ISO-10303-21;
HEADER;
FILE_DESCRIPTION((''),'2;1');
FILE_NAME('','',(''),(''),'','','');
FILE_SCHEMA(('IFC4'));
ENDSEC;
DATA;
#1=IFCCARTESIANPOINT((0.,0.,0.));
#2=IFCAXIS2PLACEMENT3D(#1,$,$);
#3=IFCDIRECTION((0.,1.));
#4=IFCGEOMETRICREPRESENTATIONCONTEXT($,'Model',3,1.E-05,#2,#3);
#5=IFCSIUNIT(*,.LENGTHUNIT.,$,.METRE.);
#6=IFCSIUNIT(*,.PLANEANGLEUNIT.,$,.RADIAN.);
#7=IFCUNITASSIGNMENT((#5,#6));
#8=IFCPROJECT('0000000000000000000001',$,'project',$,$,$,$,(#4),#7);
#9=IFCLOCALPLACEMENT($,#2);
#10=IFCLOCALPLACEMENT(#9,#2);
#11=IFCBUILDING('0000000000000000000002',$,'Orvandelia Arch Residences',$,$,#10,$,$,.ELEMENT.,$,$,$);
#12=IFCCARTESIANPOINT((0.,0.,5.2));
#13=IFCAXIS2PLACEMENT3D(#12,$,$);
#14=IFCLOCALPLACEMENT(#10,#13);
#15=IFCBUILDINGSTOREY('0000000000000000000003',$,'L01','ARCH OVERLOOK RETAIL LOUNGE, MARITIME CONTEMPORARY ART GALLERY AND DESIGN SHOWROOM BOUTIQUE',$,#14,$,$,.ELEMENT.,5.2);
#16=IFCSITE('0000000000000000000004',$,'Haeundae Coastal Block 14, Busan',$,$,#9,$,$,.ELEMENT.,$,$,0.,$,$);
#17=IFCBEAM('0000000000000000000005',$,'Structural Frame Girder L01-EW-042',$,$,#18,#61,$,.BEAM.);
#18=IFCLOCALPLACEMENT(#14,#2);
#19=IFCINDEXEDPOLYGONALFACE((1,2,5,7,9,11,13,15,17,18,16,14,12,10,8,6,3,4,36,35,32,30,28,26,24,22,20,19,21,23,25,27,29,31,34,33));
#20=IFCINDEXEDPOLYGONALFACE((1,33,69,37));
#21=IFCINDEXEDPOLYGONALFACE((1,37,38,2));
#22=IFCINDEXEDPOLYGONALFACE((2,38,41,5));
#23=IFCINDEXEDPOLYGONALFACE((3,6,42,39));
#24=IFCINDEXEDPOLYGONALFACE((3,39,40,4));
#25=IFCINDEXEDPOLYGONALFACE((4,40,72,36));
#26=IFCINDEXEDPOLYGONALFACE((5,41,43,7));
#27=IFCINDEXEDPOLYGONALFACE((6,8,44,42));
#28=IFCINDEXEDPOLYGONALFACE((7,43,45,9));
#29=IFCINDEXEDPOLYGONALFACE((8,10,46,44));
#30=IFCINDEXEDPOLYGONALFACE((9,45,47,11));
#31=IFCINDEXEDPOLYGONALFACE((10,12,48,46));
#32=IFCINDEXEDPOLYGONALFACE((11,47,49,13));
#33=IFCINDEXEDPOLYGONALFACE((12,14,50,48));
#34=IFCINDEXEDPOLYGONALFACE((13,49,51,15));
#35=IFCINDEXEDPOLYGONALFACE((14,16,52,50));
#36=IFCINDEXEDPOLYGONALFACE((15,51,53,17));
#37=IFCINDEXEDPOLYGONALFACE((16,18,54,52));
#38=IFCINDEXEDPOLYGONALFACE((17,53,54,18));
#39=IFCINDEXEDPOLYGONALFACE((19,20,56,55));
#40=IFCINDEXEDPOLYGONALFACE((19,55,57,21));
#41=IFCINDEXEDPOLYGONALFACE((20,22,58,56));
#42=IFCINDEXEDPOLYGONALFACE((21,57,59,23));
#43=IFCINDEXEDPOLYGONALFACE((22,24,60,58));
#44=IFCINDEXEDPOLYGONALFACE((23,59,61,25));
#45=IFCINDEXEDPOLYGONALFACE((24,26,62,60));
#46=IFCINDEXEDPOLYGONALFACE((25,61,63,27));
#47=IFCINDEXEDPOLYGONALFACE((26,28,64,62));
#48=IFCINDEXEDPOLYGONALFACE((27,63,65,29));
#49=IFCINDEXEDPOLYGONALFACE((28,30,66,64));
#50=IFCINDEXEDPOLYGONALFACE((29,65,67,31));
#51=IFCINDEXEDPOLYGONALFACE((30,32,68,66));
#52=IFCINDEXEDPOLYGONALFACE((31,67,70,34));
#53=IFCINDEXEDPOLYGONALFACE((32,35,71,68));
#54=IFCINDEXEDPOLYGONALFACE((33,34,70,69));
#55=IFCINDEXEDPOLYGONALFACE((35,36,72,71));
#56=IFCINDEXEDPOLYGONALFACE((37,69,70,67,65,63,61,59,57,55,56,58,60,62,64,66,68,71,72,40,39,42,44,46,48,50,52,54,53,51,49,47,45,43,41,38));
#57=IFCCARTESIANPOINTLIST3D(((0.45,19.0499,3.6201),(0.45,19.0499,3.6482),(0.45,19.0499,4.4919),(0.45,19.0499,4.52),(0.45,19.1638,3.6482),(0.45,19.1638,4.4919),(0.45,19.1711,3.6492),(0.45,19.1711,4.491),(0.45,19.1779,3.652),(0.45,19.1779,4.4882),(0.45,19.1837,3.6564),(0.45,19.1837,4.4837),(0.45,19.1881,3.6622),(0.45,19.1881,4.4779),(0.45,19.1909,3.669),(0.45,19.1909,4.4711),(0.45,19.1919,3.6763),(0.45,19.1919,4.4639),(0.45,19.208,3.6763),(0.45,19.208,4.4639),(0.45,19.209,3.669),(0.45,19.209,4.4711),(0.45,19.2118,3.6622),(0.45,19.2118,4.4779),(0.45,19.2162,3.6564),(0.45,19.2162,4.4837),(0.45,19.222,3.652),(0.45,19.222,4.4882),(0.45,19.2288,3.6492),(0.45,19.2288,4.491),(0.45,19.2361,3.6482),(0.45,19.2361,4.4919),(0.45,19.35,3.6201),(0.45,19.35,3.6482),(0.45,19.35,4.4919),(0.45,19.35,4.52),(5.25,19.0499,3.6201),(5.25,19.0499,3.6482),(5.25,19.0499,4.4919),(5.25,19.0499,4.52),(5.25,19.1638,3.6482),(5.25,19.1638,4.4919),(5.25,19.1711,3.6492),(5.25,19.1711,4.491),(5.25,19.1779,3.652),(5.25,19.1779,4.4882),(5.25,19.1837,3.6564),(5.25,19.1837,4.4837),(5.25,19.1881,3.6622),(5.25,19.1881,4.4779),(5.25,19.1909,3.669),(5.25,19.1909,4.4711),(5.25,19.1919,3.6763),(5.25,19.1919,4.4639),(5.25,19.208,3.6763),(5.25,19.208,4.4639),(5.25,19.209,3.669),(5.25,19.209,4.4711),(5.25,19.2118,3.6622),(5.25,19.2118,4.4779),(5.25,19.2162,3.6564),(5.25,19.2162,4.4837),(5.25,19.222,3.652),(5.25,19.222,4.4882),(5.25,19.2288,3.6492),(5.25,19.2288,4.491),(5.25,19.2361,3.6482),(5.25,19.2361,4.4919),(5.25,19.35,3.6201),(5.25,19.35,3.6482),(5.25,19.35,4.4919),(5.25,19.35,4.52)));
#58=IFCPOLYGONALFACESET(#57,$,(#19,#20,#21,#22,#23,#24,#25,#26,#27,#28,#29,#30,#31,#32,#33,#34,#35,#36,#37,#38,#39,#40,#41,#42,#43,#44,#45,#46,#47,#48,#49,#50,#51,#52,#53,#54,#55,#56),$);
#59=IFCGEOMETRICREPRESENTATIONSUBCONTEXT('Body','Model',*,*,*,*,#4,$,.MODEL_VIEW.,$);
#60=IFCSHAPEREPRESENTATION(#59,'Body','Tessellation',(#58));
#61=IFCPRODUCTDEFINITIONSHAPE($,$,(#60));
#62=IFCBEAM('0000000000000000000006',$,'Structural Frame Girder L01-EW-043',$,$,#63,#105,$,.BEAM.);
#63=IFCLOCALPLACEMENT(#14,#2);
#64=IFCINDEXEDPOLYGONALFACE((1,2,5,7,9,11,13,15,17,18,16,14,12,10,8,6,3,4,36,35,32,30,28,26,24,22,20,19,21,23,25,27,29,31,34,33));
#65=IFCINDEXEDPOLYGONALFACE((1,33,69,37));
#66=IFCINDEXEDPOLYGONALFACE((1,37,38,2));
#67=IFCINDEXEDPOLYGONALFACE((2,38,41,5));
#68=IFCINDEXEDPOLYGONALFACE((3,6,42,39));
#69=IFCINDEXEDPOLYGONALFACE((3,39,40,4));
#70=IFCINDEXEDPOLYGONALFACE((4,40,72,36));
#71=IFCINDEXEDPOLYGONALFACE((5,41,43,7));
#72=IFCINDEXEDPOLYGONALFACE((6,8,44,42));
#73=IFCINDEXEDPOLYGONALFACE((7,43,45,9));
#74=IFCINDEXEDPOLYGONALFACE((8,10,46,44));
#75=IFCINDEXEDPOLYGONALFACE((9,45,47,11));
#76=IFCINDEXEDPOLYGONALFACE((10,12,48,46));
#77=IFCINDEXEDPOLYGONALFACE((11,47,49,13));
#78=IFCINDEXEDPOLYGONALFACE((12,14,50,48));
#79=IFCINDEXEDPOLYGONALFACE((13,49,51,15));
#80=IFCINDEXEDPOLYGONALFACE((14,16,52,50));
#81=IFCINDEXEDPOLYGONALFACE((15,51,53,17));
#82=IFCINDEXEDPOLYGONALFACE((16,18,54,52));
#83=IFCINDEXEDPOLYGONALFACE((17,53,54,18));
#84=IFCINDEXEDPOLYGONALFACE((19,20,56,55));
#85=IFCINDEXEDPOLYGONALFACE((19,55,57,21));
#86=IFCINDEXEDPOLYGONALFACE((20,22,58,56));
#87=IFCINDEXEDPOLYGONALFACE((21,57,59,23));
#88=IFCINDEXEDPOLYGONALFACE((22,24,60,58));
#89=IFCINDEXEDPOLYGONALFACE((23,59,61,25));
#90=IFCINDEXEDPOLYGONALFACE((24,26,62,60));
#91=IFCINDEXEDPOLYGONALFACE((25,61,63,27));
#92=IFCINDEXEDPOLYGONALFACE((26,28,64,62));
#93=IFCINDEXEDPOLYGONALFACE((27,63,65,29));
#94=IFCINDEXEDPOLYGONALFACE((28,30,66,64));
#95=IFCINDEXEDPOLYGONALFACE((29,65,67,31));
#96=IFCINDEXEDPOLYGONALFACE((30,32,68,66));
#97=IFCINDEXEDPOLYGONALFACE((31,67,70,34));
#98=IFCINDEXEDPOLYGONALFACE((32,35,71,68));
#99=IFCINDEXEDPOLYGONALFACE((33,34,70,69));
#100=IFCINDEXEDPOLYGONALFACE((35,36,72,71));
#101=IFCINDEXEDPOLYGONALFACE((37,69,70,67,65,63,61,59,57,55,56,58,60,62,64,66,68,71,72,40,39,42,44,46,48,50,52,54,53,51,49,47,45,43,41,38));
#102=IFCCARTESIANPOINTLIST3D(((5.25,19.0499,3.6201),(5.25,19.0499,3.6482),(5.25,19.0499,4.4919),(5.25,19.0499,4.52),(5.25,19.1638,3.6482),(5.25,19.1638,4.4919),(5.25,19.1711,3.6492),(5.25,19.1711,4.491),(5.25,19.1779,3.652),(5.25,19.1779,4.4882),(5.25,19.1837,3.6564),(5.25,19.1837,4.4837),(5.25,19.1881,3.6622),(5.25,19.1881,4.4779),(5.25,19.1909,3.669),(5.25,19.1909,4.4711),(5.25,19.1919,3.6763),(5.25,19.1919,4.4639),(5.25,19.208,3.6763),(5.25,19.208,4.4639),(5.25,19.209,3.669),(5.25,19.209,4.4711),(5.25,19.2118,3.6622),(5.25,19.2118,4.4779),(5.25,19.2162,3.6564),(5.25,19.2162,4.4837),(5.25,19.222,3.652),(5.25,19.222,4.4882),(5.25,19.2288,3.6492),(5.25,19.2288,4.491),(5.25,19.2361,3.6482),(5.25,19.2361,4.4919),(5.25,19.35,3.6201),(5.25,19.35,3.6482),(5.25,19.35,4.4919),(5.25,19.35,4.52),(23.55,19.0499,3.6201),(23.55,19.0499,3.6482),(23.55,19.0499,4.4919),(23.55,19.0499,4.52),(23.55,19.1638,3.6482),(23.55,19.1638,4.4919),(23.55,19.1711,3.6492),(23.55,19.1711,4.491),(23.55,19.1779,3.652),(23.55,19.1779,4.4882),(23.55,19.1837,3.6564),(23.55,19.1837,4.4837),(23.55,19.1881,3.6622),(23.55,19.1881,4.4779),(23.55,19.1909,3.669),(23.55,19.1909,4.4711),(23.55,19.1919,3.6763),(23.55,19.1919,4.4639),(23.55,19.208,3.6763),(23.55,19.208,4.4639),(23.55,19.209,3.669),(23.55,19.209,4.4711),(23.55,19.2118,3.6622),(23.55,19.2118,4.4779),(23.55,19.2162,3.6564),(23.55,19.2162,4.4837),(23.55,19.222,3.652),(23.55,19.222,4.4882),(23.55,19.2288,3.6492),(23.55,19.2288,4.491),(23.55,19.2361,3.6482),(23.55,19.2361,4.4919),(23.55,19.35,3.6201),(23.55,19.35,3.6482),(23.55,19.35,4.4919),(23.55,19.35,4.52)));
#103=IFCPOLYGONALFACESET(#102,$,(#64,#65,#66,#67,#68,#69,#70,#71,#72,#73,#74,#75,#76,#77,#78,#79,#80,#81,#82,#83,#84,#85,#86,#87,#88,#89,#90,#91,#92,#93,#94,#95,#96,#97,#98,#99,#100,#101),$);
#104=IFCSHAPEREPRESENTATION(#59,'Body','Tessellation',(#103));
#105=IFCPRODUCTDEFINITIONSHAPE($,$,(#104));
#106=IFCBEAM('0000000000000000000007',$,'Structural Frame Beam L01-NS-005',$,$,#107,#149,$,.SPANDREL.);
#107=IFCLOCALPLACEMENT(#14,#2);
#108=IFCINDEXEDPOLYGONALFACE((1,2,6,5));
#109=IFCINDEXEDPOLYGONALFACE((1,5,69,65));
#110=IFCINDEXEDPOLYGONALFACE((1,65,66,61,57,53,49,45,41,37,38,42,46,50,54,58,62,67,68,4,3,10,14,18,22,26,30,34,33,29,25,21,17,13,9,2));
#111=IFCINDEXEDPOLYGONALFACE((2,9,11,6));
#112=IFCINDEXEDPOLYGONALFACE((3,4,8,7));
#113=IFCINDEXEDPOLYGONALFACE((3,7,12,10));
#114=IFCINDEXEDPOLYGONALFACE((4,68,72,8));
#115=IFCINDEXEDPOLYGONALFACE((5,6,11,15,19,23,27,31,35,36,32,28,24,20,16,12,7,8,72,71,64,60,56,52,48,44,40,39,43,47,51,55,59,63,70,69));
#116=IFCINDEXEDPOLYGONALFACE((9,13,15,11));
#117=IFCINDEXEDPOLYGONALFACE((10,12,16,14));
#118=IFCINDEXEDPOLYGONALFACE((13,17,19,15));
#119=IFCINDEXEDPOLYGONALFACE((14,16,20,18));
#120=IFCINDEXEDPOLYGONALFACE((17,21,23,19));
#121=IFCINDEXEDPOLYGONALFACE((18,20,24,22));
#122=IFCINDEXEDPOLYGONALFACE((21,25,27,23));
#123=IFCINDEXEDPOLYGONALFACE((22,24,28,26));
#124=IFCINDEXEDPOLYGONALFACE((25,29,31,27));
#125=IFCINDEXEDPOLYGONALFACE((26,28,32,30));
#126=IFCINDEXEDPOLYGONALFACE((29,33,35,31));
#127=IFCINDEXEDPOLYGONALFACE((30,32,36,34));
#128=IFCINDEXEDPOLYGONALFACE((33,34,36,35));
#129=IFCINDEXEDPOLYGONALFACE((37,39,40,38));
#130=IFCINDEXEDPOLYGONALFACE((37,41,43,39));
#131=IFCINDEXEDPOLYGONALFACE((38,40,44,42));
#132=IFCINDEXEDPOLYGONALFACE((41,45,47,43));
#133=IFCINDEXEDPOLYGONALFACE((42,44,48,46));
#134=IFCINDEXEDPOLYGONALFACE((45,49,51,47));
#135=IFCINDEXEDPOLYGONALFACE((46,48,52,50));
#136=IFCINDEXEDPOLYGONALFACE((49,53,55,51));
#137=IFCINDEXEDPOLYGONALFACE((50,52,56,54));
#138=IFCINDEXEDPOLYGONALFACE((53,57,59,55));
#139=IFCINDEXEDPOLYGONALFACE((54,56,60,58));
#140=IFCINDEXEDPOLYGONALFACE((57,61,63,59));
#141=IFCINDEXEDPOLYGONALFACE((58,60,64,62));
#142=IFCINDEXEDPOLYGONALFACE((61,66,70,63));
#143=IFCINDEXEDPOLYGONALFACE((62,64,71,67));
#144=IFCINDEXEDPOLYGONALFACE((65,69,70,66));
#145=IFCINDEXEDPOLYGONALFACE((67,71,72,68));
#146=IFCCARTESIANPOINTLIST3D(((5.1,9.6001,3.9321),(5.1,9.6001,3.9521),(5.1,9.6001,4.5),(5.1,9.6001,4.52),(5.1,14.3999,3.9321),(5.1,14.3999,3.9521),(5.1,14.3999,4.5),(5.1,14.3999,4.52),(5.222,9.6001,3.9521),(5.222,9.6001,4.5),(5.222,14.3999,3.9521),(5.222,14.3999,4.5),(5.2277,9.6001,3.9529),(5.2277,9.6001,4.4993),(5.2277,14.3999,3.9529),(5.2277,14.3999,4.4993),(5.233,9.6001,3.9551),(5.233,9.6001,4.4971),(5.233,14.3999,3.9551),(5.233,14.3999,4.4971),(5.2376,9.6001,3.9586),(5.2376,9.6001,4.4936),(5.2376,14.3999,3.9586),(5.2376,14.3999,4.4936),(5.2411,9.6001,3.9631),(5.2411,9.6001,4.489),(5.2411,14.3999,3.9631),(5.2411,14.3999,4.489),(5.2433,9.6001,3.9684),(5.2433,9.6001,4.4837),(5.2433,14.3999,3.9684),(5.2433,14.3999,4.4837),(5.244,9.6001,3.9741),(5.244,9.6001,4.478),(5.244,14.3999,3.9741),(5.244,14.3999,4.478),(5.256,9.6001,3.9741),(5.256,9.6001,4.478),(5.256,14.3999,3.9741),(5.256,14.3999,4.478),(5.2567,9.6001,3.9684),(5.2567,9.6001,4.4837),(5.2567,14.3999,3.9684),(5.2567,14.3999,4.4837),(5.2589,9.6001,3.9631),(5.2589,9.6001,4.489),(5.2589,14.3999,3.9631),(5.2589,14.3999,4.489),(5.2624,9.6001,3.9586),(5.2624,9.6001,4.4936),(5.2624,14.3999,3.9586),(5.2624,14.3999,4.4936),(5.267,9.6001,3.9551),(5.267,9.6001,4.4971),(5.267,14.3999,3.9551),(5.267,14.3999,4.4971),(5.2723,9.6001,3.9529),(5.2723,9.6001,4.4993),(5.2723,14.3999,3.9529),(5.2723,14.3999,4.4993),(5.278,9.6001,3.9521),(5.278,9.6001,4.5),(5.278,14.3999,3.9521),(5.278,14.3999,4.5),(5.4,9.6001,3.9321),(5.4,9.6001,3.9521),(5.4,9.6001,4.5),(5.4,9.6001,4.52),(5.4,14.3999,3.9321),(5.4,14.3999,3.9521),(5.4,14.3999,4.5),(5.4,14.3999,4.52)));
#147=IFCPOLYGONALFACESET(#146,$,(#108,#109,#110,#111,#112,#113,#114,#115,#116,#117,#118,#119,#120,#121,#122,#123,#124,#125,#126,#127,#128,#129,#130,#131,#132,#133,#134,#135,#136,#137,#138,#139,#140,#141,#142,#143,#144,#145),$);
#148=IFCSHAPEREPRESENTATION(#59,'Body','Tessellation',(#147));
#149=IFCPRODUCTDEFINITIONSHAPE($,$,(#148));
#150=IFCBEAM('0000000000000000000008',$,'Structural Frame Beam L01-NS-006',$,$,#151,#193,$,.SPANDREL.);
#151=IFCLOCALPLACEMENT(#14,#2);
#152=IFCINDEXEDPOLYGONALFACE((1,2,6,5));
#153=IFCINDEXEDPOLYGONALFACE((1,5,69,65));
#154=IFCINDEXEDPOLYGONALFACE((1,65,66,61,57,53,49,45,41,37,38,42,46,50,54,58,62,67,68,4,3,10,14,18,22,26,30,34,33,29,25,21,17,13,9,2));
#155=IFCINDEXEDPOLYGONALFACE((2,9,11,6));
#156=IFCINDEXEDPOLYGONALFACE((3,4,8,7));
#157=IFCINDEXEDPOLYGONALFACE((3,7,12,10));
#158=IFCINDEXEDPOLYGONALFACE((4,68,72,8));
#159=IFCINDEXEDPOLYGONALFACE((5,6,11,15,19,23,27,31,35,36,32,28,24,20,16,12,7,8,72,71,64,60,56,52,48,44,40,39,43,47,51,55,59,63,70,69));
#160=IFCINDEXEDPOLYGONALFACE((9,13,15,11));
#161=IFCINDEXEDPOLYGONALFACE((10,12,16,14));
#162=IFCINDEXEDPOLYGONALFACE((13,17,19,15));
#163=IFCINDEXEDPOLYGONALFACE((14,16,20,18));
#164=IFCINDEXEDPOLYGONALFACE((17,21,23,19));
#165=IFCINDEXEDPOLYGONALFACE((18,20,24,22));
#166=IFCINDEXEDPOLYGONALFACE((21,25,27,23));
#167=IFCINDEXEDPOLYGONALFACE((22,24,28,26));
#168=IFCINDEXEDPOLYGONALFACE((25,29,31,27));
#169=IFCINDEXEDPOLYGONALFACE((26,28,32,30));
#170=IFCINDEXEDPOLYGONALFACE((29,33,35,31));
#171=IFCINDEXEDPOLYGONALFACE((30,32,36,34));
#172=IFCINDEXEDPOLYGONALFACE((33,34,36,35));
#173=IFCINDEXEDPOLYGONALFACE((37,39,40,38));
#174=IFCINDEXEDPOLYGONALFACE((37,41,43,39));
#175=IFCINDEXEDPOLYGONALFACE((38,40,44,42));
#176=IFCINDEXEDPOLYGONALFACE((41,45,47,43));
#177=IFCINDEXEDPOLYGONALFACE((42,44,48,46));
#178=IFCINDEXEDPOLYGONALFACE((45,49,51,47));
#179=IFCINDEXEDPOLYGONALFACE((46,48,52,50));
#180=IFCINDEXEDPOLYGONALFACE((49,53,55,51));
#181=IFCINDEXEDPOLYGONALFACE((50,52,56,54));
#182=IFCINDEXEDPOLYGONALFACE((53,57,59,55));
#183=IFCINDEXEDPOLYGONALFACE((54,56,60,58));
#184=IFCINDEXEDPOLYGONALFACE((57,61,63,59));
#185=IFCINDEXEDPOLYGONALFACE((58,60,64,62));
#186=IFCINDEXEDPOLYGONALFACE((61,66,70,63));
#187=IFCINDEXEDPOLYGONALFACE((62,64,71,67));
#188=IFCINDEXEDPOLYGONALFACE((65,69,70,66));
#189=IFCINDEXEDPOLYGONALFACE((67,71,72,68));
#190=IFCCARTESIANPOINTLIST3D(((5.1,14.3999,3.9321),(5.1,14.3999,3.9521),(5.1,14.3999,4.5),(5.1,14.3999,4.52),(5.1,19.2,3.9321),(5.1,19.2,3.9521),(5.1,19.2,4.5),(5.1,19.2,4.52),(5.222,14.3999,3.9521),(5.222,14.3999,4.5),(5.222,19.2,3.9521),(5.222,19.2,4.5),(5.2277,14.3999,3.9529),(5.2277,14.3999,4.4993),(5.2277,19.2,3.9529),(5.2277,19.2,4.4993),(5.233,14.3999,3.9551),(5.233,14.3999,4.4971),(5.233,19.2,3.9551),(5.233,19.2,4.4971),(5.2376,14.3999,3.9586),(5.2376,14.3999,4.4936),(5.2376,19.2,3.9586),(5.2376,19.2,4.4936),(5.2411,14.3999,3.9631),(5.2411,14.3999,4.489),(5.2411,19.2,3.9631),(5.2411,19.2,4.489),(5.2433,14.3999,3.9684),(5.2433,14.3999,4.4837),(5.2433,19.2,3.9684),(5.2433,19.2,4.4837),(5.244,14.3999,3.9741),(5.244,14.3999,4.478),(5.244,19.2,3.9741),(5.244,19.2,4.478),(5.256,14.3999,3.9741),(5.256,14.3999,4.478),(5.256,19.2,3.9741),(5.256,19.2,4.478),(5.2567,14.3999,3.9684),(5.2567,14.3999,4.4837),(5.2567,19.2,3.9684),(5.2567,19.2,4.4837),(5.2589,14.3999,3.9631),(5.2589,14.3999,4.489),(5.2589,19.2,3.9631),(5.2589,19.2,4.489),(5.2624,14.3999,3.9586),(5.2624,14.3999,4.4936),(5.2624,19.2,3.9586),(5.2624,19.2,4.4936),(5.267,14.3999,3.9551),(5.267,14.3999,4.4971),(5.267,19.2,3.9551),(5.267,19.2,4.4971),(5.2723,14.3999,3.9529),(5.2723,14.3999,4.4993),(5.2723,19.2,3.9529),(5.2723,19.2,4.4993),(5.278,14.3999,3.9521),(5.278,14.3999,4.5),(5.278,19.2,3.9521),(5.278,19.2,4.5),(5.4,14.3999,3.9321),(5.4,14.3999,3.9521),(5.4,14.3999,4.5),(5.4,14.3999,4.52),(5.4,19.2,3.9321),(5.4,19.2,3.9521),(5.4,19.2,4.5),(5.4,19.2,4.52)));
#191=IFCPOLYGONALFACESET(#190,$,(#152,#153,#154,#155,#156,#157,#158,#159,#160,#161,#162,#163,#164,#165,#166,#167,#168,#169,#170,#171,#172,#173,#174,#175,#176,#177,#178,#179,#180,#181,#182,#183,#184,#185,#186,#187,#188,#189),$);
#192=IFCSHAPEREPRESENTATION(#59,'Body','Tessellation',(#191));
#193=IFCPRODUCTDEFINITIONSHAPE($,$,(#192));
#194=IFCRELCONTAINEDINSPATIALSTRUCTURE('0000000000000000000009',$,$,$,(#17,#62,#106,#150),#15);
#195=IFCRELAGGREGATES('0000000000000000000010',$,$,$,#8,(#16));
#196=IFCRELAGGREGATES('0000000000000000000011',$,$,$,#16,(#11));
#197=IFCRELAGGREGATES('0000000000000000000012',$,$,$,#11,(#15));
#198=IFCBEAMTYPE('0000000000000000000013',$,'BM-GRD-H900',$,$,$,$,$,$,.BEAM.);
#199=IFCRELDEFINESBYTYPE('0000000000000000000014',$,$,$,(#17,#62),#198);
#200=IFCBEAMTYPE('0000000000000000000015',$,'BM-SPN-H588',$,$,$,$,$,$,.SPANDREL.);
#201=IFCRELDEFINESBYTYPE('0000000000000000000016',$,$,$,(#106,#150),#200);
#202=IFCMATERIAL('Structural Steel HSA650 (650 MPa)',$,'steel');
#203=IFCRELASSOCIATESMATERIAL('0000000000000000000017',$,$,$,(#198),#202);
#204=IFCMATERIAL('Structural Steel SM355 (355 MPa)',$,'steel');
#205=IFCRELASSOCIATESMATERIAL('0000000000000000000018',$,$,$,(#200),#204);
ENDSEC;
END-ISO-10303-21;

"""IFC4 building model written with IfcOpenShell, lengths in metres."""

from ifc_helpers import new_model, si_unit, direction, frame, origin, origin_2d, place, context, subcontext, project, spatial, i_section, extrude, material, material_profile, profile_set, type_object, element, save


model = new_model("IFC4")

# Units and contexts
model_context = context("Model", 3, precision=1e-05, world=origin(), true_north=direction((0.0, 1.0)))
body_context = subcontext(model_context, "Body", "Model", "MODEL_VIEW")
ifc_project = project(units=[si_unit("LENGTHUNIT", "METRE"), si_unit("PLANEANGLEUNIT", "RADIAN")], contexts=[model_context])

# Site, building, storey
site_placement = place(None, origin())
site = spatial("IfcSite", under=ifc_project, at=site_placement, Name="Haeundae Coastal Block 14, Busan", CompositionType="ELEMENT", RefElevation=0.0)
building_placement = place(site_placement, origin())
building = spatial("IfcBuilding", under=site, at=building_placement, Name="Orvandelia Arch Residences", CompositionType="ELEMENT")
storey_placement = place(building_placement, frame((0.0, 0.0, 5.2)))
storey = spatial("IfcBuildingStorey", under=building, at=storey_placement, Name="L01", Description="ARCH OVERLOOK RETAIL LOUNGE, MARITIME CONTEMPORARY ART GALLERY AND DESIGN SHOWROOM BOUTIQUE", CompositionType="ELEMENT", Elevation=5.2)

# Beams
ifc_material_1 = material(Name="Structural Steel HSA650 (650 MPa)", Category="steel")
ifc_material_profile_1 = material_profile(ifc_material_1, i_section(OverallWidth=0.3, OverallDepth=0.8999, WebThickness=0.0161, FlangeThickness=0.0281, FilletRadius=0.0281, at=origin_2d()), Name="Structural Steel HSA650 (650 MPa)", Category="steel")
ifc_profile_set_1 = profile_set([ifc_material_profile_1], Name="Structural Steel HSA650 (650 MPa)")
beam_type_1 = type_object("IfcBeamType", Name="BM-GRD-H900", PredefinedType="BEAM", material=ifc_profile_set_1)
beam_1_placement = place(storey_placement, frame((0.45, 19.2, 4.0701), z_axis=(1.0, 0.0, 0.0), x_axis=(0.0, 1.0, 0.0)))
element("IfcBeam", 1, at=beam_1_placement, inside=storey, type_object=beam_type_1, Name="Structural Frame Girder L01-EW-042", PredefinedType="BEAM", context=body_context, shape_type="SweptSolid", body=[
    extrude(i_section(OverallWidth=0.3, OverallDepth=0.8999, WebThickness=0.0161, FlangeThickness=0.0281, FilletRadius=0.0281, at=origin_2d()), origin(), (0.0, 0.0, 1.0), 4.8),
])
beam_2_placement = place(storey_placement, frame((5.25, 19.2, 4.0701), z_axis=(1.0, 0.0, 0.0), x_axis=(0.0, 1.0, 0.0)))
element("IfcBeam", 2, at=beam_2_placement, inside=storey, type_object=beam_type_1, Name="Structural Frame Girder L01-EW-043", PredefinedType="BEAM", context=body_context, shape_type="SweptSolid", body=[
    extrude(i_section(OverallWidth=0.3, OverallDepth=0.8999, WebThickness=0.0161, FlangeThickness=0.0281, FilletRadius=0.0281, at=origin_2d()), origin(), (0.0, 0.0, 1.0), 18.3),
])
ifc_material_2 = material(Name="Structural Steel SM355 (355 MPa)", Category="steel")
ifc_material_profile_2 = material_profile(ifc_material_2, i_section(OverallWidth=0.3, OverallDepth=0.5879, WebThickness=0.012, FlangeThickness=0.02, FilletRadius=0.022, at=origin_2d()), Name="Structural Steel SM355 (355 MPa)", Category="steel")
ifc_profile_set_2 = profile_set([ifc_material_profile_2], Name="Structural Steel SM355 (355 MPa)")
beam_type_2 = type_object("IfcBeamType", Name="BM-SPN-H588", PredefinedType="SPANDREL", material=ifc_profile_set_2)
beam_3_placement = place(storey_placement, frame((5.25, 9.6001, 4.2261), z_axis=(0.0, 1.0, 0.0), x_axis=(-1.0, 0.0, 0.0)))
element("IfcBeam", 3, at=beam_3_placement, inside=storey, type_object=beam_type_2, Name="Structural Frame Beam L01-NS-005", PredefinedType="SPANDREL", context=body_context, shape_type="SweptSolid", body=[
    extrude(i_section(OverallWidth=0.3, OverallDepth=0.5879, WebThickness=0.012, FlangeThickness=0.02, FilletRadius=0.022, at=origin_2d()), origin(), (0.0, 0.0, 1.0), 4.7998),
])
for number, where, z_axis, x_axis, name in (
    (4, (5.25, 14.3999, 4.2261), (0.0, 1.0, 0.0), (-1.0, 0.0, 0.0), "Structural Frame Beam L01-NS-006"),
):
    element("IfcBeam", number, at=place(storey_placement, frame(where, z_axis=z_axis, x_axis=x_axis)), inside=storey, type_object=beam_type_2, Name=name, PredefinedType="SPANDREL", context=body_context, shape_type="SweptSolid", body=[
        extrude(i_section(OverallWidth=0.3, OverallDepth=0.5879, WebThickness=0.012, FlangeThickness=0.02, FilletRadius=0.022, at=origin_2d()), origin(), (0.0, 0.0, 1.0), 4.8),
    ])

save(model, "model.ifc")
